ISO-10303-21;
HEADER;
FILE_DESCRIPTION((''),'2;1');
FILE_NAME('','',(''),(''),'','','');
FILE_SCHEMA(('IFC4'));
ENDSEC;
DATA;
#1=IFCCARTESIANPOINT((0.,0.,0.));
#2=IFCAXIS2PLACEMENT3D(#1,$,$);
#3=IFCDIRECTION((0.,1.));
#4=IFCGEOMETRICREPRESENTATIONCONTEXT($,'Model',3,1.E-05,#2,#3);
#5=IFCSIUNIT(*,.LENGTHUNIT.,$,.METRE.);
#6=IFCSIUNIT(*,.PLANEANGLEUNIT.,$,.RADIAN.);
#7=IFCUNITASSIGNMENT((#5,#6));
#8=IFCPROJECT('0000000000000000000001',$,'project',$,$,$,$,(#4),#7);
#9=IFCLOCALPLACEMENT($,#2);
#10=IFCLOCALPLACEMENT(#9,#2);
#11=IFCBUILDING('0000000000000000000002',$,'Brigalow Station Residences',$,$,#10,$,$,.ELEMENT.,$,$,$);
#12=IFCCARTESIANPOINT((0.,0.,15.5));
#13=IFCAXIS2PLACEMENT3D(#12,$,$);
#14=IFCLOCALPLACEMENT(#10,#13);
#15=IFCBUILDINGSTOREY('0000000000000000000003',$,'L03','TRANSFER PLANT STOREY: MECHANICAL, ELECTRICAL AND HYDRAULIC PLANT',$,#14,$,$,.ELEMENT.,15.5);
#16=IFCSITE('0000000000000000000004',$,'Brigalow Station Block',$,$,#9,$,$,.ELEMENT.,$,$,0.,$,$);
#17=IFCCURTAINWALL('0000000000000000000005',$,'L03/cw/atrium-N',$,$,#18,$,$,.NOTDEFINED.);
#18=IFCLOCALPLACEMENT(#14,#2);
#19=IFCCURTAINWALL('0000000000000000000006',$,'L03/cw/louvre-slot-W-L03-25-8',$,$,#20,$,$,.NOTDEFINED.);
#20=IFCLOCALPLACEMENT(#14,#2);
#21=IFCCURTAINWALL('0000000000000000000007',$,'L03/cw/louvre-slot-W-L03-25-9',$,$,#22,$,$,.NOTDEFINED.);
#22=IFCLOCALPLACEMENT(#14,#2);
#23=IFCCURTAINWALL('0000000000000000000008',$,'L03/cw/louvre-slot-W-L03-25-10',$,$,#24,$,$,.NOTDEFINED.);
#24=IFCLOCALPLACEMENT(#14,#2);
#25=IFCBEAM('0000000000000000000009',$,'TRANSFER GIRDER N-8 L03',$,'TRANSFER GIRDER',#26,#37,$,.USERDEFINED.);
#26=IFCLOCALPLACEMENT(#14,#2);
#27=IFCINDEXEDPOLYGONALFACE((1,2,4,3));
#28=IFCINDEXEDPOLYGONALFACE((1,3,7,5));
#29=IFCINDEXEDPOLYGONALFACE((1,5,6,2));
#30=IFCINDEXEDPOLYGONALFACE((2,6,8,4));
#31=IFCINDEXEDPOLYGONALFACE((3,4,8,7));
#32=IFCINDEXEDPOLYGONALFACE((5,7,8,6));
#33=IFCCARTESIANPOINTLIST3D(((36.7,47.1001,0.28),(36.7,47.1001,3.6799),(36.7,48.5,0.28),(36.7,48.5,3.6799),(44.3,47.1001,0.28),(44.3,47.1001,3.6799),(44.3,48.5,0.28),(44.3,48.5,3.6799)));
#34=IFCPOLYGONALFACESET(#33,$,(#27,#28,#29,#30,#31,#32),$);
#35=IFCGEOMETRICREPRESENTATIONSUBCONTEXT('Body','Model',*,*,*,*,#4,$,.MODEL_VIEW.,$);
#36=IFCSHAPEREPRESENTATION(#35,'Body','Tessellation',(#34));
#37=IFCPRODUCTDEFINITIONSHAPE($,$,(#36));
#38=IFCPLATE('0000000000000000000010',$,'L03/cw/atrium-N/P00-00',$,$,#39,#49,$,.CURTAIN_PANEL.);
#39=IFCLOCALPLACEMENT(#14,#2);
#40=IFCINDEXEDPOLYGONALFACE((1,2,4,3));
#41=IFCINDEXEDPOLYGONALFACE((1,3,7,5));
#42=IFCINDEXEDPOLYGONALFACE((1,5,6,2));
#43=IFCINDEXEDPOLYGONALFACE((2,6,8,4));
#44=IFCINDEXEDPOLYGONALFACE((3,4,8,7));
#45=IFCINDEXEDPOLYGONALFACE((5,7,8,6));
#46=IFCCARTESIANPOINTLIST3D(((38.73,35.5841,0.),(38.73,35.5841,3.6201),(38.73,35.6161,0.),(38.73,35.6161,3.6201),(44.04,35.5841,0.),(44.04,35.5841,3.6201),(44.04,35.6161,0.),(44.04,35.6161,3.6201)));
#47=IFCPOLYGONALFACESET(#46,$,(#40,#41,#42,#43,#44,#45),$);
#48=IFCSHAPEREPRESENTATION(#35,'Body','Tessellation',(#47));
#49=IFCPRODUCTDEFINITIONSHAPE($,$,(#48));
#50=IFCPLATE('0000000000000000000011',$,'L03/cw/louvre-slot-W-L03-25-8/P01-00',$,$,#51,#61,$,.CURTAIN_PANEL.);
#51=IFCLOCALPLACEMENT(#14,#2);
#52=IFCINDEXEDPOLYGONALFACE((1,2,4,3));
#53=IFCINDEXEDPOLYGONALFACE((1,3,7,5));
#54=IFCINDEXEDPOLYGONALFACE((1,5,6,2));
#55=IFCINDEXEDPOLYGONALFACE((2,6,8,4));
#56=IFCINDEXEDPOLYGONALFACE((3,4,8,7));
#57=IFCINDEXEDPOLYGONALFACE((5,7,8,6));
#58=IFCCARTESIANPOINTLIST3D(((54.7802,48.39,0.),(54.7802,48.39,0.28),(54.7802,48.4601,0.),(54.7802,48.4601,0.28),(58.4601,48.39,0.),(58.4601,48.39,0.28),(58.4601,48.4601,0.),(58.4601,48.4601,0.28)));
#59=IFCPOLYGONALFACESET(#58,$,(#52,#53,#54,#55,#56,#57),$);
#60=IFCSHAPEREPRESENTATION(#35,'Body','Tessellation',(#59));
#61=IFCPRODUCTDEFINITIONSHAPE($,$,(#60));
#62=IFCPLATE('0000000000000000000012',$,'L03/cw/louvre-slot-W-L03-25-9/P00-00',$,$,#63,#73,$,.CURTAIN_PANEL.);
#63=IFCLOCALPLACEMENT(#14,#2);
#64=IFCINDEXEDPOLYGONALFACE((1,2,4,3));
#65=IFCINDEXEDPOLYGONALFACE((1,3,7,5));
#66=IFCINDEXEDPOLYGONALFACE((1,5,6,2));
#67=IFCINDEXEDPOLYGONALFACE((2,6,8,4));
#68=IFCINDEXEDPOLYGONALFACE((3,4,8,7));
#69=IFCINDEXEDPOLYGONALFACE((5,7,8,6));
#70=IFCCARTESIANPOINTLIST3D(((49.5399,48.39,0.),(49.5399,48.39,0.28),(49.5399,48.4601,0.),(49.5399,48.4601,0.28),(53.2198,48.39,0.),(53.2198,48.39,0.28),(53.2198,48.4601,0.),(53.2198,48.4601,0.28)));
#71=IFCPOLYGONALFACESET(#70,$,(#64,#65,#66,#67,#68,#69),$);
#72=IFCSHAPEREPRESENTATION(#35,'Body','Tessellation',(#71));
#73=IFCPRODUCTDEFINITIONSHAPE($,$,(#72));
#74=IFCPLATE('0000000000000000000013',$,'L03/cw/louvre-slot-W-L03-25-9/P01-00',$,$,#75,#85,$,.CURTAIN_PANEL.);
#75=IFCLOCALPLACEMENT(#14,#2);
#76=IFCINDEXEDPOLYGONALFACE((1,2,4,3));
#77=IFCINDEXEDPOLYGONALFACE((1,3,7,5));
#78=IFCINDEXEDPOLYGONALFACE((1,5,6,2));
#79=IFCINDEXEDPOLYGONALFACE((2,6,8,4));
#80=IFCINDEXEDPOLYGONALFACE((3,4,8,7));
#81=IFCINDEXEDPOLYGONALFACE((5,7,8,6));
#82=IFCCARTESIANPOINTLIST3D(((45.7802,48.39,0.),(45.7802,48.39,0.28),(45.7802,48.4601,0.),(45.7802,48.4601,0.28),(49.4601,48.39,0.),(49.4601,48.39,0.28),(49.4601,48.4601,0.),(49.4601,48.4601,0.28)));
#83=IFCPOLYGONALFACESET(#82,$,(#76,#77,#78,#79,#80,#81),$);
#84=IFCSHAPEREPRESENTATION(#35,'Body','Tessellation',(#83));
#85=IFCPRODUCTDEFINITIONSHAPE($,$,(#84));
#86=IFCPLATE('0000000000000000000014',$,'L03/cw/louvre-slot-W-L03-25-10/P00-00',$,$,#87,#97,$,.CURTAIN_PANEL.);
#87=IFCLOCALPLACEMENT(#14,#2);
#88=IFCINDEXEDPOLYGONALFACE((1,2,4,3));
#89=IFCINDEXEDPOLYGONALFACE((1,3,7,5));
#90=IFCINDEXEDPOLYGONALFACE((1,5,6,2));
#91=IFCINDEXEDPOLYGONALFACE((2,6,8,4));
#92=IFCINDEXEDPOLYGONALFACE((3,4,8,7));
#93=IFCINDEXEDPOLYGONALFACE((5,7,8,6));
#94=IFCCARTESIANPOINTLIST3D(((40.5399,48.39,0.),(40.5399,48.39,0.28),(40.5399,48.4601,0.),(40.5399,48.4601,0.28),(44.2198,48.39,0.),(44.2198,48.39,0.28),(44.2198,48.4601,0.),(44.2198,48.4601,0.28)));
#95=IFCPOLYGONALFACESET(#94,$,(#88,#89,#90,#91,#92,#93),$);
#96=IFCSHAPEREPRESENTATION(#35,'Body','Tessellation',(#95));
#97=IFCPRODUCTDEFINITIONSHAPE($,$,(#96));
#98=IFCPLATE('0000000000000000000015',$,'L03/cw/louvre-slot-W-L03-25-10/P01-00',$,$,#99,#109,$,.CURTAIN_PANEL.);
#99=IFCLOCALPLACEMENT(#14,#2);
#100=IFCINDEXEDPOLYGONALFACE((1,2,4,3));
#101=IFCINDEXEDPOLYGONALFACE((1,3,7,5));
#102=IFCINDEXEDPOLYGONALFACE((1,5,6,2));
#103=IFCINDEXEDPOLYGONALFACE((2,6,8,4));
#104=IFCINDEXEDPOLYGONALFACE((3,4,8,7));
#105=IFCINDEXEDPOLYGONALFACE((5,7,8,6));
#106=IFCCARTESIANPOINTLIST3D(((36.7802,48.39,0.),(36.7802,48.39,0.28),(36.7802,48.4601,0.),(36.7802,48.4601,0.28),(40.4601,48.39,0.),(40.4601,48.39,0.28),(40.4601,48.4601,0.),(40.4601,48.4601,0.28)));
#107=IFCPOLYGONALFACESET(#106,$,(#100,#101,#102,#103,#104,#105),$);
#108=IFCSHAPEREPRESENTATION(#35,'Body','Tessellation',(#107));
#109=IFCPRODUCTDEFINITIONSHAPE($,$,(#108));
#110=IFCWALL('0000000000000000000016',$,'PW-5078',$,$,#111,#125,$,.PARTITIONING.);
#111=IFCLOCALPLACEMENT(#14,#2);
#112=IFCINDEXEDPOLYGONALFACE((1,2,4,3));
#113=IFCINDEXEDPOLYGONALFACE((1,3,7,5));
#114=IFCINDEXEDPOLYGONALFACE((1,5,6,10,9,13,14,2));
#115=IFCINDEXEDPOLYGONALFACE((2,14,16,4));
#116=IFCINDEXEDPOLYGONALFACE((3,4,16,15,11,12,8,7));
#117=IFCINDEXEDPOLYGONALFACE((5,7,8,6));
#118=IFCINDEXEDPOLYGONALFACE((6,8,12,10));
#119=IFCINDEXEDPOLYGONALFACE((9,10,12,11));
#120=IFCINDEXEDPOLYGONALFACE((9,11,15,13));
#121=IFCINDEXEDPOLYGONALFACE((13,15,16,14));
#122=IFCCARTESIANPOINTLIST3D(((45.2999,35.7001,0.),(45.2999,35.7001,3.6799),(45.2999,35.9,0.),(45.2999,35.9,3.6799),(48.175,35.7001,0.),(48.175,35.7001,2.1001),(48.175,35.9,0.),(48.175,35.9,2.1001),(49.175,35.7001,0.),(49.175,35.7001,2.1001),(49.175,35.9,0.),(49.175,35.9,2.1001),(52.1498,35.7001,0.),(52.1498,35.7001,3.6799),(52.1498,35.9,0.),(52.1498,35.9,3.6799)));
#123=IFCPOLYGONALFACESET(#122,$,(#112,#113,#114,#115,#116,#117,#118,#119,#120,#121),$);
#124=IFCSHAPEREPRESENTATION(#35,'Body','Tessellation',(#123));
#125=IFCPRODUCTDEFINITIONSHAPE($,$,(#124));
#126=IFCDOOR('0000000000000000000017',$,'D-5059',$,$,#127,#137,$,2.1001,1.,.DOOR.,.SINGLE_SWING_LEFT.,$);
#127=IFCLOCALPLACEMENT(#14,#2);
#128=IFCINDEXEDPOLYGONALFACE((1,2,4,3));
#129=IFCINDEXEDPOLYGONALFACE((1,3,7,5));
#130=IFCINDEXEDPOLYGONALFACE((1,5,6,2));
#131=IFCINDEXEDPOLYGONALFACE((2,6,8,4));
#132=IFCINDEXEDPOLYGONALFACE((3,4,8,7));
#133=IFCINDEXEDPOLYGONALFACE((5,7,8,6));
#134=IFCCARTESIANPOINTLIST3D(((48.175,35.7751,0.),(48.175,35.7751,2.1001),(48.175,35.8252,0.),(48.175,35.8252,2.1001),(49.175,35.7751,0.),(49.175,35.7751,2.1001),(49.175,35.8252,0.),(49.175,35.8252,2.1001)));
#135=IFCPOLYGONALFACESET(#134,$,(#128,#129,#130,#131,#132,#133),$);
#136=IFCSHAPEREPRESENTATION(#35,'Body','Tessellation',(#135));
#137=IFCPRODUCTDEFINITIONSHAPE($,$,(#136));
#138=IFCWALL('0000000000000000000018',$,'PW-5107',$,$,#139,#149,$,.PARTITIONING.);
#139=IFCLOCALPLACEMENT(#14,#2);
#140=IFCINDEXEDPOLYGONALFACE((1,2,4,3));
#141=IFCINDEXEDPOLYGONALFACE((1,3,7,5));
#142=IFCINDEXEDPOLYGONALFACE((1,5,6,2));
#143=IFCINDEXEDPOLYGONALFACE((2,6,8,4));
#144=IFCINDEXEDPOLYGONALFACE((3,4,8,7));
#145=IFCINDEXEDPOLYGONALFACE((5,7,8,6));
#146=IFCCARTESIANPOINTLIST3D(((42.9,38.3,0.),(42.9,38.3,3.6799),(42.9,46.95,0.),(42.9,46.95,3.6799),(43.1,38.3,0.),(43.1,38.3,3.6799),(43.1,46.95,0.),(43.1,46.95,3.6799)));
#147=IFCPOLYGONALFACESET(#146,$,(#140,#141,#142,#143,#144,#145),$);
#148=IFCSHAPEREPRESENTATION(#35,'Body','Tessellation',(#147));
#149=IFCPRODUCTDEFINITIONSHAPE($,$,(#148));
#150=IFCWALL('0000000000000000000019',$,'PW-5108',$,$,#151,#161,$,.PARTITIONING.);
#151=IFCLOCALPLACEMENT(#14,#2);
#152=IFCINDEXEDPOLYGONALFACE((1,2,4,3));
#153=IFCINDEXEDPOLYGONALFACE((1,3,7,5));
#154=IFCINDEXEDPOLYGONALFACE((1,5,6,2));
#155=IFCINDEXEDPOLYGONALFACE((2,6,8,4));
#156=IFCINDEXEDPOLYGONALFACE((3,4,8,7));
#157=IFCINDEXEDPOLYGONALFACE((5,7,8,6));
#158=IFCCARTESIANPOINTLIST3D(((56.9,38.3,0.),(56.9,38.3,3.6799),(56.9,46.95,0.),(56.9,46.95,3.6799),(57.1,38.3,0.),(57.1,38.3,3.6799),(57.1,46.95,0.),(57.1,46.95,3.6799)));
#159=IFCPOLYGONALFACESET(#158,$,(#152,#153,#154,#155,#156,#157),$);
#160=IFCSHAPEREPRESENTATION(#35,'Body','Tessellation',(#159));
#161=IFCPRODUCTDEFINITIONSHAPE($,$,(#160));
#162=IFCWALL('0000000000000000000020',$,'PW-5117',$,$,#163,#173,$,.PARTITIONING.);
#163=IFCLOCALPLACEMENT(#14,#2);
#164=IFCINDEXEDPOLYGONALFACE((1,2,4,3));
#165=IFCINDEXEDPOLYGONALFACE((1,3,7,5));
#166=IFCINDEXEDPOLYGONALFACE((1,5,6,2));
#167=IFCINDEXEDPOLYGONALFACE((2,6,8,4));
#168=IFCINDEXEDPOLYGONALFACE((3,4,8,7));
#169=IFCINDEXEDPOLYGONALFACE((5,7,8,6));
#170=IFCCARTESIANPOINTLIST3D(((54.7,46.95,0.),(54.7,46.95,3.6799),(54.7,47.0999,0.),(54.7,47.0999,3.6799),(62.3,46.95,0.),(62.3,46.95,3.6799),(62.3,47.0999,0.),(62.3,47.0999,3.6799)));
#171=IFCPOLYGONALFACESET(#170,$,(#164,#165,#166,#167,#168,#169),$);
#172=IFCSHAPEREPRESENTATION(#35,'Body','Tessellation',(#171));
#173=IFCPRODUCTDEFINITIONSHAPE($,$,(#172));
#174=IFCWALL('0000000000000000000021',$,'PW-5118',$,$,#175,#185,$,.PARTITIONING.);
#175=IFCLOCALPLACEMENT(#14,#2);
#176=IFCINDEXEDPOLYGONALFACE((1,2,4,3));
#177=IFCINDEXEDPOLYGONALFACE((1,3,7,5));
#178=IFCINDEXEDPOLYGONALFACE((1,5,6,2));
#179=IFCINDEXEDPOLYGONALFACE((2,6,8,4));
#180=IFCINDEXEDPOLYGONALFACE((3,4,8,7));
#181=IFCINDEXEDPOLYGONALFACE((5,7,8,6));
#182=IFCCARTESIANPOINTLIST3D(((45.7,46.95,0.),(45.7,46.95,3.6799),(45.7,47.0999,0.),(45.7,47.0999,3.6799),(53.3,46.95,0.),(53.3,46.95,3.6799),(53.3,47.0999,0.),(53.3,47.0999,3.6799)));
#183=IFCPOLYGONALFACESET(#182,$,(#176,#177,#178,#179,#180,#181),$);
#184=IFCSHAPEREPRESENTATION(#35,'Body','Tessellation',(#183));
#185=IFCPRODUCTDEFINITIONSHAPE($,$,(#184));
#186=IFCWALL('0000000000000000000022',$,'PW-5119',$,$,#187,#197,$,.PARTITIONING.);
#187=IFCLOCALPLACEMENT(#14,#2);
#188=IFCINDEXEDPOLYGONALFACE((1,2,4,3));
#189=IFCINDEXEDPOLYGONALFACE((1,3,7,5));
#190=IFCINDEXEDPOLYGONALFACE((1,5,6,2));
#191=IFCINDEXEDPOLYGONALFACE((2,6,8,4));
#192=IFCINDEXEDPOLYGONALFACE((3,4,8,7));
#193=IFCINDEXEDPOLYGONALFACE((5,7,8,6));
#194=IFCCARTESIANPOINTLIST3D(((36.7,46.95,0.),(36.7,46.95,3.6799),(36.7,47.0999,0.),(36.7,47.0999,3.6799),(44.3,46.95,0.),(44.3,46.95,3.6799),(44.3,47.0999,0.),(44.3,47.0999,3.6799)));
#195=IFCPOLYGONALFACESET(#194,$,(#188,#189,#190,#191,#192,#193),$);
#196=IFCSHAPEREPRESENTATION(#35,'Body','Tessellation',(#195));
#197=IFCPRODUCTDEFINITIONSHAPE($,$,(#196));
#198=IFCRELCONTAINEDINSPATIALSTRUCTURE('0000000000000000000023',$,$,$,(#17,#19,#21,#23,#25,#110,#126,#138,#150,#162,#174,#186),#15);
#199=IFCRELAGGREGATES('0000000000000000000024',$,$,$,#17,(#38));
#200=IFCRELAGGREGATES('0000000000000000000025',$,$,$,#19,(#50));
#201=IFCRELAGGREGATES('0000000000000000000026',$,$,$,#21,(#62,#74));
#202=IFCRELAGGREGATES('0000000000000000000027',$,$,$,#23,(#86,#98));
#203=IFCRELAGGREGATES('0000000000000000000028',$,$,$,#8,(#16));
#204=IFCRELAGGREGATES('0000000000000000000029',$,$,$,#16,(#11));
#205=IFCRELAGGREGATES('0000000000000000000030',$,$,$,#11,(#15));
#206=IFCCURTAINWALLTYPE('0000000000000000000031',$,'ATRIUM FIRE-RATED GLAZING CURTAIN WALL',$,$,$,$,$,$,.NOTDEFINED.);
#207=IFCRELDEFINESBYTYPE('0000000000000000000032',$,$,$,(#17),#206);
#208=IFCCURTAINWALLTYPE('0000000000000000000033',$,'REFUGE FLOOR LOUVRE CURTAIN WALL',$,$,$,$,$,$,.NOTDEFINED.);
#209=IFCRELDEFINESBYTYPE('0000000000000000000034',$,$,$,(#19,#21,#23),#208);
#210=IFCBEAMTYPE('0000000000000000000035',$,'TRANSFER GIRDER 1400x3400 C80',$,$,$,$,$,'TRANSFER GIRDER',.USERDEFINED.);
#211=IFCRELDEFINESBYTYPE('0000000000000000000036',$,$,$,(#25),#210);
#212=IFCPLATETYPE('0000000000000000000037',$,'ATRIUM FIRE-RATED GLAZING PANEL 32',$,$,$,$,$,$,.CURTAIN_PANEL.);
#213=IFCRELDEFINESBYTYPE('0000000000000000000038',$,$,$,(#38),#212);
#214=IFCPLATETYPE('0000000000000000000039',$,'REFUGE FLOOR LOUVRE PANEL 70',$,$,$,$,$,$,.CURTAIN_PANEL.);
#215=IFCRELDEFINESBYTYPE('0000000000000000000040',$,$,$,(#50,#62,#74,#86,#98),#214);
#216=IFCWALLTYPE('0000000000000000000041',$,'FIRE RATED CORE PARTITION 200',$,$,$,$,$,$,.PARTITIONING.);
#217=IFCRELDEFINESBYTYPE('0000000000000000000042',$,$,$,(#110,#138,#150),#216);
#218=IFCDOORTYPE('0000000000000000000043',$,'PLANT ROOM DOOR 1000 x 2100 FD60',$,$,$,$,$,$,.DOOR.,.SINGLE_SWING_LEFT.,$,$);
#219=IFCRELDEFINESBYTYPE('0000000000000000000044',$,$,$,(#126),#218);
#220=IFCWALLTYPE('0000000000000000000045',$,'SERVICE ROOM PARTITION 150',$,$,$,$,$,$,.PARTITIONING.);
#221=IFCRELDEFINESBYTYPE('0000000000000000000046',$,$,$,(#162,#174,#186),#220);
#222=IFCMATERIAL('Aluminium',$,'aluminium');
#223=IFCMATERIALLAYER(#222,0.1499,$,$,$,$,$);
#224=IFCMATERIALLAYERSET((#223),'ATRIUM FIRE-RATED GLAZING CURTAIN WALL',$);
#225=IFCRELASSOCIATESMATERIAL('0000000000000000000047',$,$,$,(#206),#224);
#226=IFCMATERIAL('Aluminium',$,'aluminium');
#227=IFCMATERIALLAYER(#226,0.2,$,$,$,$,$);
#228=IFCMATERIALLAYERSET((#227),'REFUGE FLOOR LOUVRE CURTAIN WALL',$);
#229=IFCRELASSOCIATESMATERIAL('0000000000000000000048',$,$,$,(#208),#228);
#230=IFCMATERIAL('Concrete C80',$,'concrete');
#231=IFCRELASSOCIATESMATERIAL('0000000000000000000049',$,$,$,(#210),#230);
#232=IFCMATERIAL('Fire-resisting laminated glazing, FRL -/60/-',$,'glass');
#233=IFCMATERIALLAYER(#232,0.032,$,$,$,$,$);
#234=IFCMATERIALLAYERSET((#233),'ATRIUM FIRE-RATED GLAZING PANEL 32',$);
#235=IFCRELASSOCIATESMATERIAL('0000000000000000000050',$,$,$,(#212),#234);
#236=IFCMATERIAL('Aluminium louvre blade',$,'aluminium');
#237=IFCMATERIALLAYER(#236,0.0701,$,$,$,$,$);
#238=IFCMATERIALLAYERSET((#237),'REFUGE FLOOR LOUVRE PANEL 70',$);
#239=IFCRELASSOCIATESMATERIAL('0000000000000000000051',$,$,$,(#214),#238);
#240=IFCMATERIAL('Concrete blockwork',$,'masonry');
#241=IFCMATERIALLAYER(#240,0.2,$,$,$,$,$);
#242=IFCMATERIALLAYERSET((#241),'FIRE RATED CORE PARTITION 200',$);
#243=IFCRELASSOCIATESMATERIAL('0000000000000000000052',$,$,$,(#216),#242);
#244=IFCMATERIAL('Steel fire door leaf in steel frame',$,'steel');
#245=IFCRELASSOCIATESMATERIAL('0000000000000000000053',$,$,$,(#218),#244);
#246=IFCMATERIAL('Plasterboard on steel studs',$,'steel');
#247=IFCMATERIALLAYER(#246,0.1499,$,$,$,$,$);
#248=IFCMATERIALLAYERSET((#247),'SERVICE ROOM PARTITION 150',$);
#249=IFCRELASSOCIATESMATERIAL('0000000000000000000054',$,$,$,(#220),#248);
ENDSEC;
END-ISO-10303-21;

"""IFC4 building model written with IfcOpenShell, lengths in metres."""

from ifc_helpers import new_model, si_unit, direction, frame, frame_2d, origin, origin_2d, place, context, subcontext, project, spatial, rectangle, extrude, material, layer, layer_set, material_profile, profile_set, type_object, element, fill, aggregate, save


model = new_model("IFC4")

# Units and contexts
model_context = context("Model", 3, precision=1e-05, world=origin(), true_north=direction((0.0, 1.0)))
body_context = subcontext(model_context, "Body", "Model", "MODEL_VIEW")
ifc_project = project(units=[si_unit("LENGTHUNIT", "METRE"), si_unit("PLANEANGLEUNIT", "RADIAN")], contexts=[model_context])

# Site, building, storey
site_placement = place(None, origin())
site = spatial("IfcSite", under=ifc_project, at=site_placement, Name="Brigalow Station Block", CompositionType="ELEMENT", RefElevation=0.0)
building_placement = place(site_placement, origin())
building = spatial("IfcBuilding", under=site, at=building_placement, Name="Brigalow Station Residences", CompositionType="ELEMENT")
storey_placement = place(building_placement, frame((0.0, 0.0, 15.5)))
storey = spatial("IfcBuildingStorey", under=building, at=storey_placement, Name="L03", Description="TRANSFER PLANT STOREY: MECHANICAL, ELECTRICAL AND HYDRAULIC PLANT", CompositionType="ELEMENT", Elevation=15.5)

# Curtain wall
ifc_material_1 = material(Name="Aluminium", Category="aluminium")
ifc_layer_1 = layer(ifc_material_1, 0.1499)
ifc_layer_set_1 = layer_set([ifc_layer_1], Name="ATRIUM FIRE-RATED GLAZING CURTAIN WALL")
curtain_wall_type_1 = type_object("IfcCurtainWallType", Name="ATRIUM FIRE-RATED GLAZING CURTAIN WALL", PredefinedType="NOTDEFINED", material=ifc_layer_set_1)
curtain_wall_1_placement = place(storey_placement, origin())
curtain_wall_1 = element("IfcCurtainWall", 1, at=curtain_wall_1_placement, inside=storey, type_object=curtain_wall_type_1, Name="L03/cw/atrium-N", PredefinedType="NOTDEFINED")

# Curtain wall
ifc_material_2 = material(Name="Aluminium", Category="aluminium")
ifc_layer_2 = layer(ifc_material_2, 0.2)
ifc_layer_set_2 = layer_set([ifc_layer_2], Name="REFUGE FLOOR LOUVRE CURTAIN WALL")
curtain_wall_type_2 = type_object("IfcCurtainWallType", Name="REFUGE FLOOR LOUVRE CURTAIN WALL", PredefinedType="NOTDEFINED", material=ifc_layer_set_2)
curtain_wall_2_placement = place(storey_placement, origin())
curtain_wall_2 = element("IfcCurtainWall", 2, at=curtain_wall_2_placement, inside=storey, type_object=curtain_wall_type_2, Name="L03/cw/louvre-slot-W-L03-25-8", PredefinedType="NOTDEFINED")

# Curtain walls
curtain_wall_3_placement = place(storey_placement, origin())
curtain_wall_3 = element("IfcCurtainWall", 3, at=curtain_wall_3_placement, inside=storey, type_object=curtain_wall_type_2, Name="L03/cw/louvre-slot-W-L03-25-9", PredefinedType="NOTDEFINED")
curtain_wall_4_placement = place(storey_placement, origin())
curtain_wall_4 = element("IfcCurtainWall", 4, at=curtain_wall_4_placement, inside=storey, type_object=curtain_wall_type_2, Name="L03/cw/louvre-slot-W-L03-25-10", PredefinedType="NOTDEFINED")

# Beam
ifc_material_3 = material(Name="Concrete C80", Category="concrete")
ifc_material_profile_1 = material_profile(ifc_material_3, rectangle(XDim=1.3999, YDim=3.3999, at=origin_2d()), Name="RC1400x3400")
ifc_profile_set_1 = profile_set([ifc_material_profile_1], Name="Concrete C80")
beam_type = type_object("IfcBeamType", Name="TRANSFER GIRDER 1400x3400 C80", ElementType="TRANSFER GIRDER", PredefinedType="USERDEFINED", material=ifc_profile_set_1)
for number, where, z_axis, x_axis, name in (
    (5, (44.3, 47.8, 1.98), (-1.0, 0.0, 0.0), (0.0, -1.0, 0.0), "TRANSFER GIRDER N-8 L03"),
):
    element("IfcBeam", number, at=place(storey_placement, frame(where, z_axis=z_axis, x_axis=x_axis)), inside=storey, type_object=beam_type, Name=name, ObjectType="TRANSFER GIRDER", PredefinedType="USERDEFINED", context=body_context, shape_type="SweptSolid", body=[
        extrude(rectangle(XDim=1.3999, YDim=3.3999, at=origin_2d()), origin(), (0.0, 0.0, 1.0), 7.6001),
    ])

# Plates
ifc_material_4 = material(Name="Fire-resisting laminated glazing, FRL -/60/-", Category="glass")
ifc_layer_3 = layer(ifc_material_4, 0.032)
ifc_layer_set_3 = layer_set([ifc_layer_3], Name="ATRIUM FIRE-RATED GLAZING PANEL 32")
plate_type_1 = type_object("IfcPlateType", Name="ATRIUM FIRE-RATED GLAZING PANEL 32", PredefinedType="CURTAIN_PANEL", material=ifc_layer_set_3)
plate_1_placement = place(storey_placement, frame((41.385, 35.6001, 0.0), z_axis=(0.0, 0.0, 1.0), x_axis=(-1.0, 0.0, 0.0)))
plate_1 = element("IfcPlate", 6, at=plate_1_placement, type_object=plate_type_1, Name="L03/cw/atrium-N/P00-00", PredefinedType="CURTAIN_PANEL", context=body_context, shape_type="SweptSolid", body=[
    extrude(rectangle(XDim=5.3101, YDim=0.032, at=origin_2d()), origin(), (0.0, 0.0, 1.0), 3.6201),
])
aggregate(curtain_wall_1, [plate_1])
ifc_material_5 = material(Name="Aluminium louvre blade", Category="aluminium")
ifc_layer_4 = layer(ifc_material_5, 0.0701)
ifc_layer_set_4 = layer_set([ifc_layer_4], Name="REFUGE FLOOR LOUVRE PANEL 70")
plate_type_2 = type_object("IfcPlateType", Name="REFUGE FLOOR LOUVRE PANEL 70", PredefinedType="CURTAIN_PANEL", material=ifc_layer_set_4)
plate_2_placement = place(storey_placement, frame((56.6201, 48.425, 0.0), z_axis=(0.0, 0.0, 1.0), x_axis=(-1.0, 0.0, 0.0)))
plate_2 = element("IfcPlate", 7, at=plate_2_placement, type_object=plate_type_2, Name="L03/cw/louvre-slot-W-L03-25-8/P01-00", PredefinedType="CURTAIN_PANEL", context=body_context, shape_type="SweptSolid", body=[
    extrude(rectangle(XDim=3.6799, YDim=0.0701, at=origin_2d()), origin(), (0.0, 0.0, 1.0), 0.28),
])
aggregate(curtain_wall_2, [plate_2])
plate_3_placement = place(storey_placement, frame((51.3799, 48.425, 0.0), z_axis=(0.0, 0.0, 1.0), x_axis=(-1.0, 0.0, 0.0)))
plate_3 = element("IfcPlate", 8, at=plate_3_placement, type_object=plate_type_2, Name="L03/cw/louvre-slot-W-L03-25-9/P00-00", PredefinedType="CURTAIN_PANEL", context=body_context, shape_type="SweptSolid", body=[
    extrude(rectangle(XDim=3.6799, YDim=0.0701, at=origin_2d()), origin(), (0.0, 0.0, 1.0), 0.28),
])
plate_4_placement = place(storey_placement, frame((47.6201, 48.425, 0.0), z_axis=(0.0, 0.0, 1.0), x_axis=(-1.0, 0.0, 0.0)))
plate_4 = element("IfcPlate", 9, at=plate_4_placement, type_object=plate_type_2, Name="L03/cw/louvre-slot-W-L03-25-9/P01-00", PredefinedType="CURTAIN_PANEL", context=body_context, shape_type="SweptSolid", body=[
    extrude(rectangle(XDim=3.6799, YDim=0.0701, at=origin_2d()), origin(), (0.0, 0.0, 1.0), 0.28),
])
aggregate(curtain_wall_3, [plate_3, plate_4])
plate_5_placement = place(storey_placement, frame((42.3799, 48.425, 0.0), z_axis=(0.0, 0.0, 1.0), x_axis=(-1.0, 0.0, 0.0)))
plate_5 = element("IfcPlate", 10, at=plate_5_placement, type_object=plate_type_2, Name="L03/cw/louvre-slot-W-L03-25-10/P00-00", PredefinedType="CURTAIN_PANEL", context=body_context, shape_type="SweptSolid", body=[
    extrude(rectangle(XDim=3.6799, YDim=0.0701, at=origin_2d()), origin(), (0.0, 0.0, 1.0), 0.28),
])
plate_6_placement = place(storey_placement, frame((38.6201, 48.425, 0.0), z_axis=(0.0, 0.0, 1.0), x_axis=(-1.0, 0.0, 0.0)))
plate_6 = element("IfcPlate", 11, at=plate_6_placement, type_object=plate_type_2, Name="L03/cw/louvre-slot-W-L03-25-10/P01-00", PredefinedType="CURTAIN_PANEL", context=body_context, shape_type="SweptSolid", body=[
    extrude(rectangle(XDim=3.6799, YDim=0.0701, at=origin_2d()), origin(), (0.0, 0.0, 1.0), 0.28),
])
aggregate(curtain_wall_4, [plate_5, plate_6])

# Wall, opening, door
ifc_material_6 = material(Name="Concrete blockwork", Category="masonry")
ifc_layer_5 = layer(ifc_material_6, 0.2)
ifc_layer_set_5 = layer_set([ifc_layer_5], Name="FIRE RATED CORE PARTITION 200")
wall_type_1 = type_object("IfcWallType", Name="FIRE RATED CORE PARTITION 200", PredefinedType="PARTITIONING", material=ifc_layer_set_5)
wall_placement = place(storey_placement, frame((45.3, 35.8, 0.0), z_axis=(0.0, 0.0, 1.0), x_axis=(1.0, 0.0, 0.0)))
wall = element("IfcWall", 12, at=wall_placement, inside=storey, type_object=wall_type_1, Name="PW-5078", PredefinedType="PARTITIONING", context=body_context, shape_type="SweptSolid", body=[
    extrude(rectangle(XDim=6.8499, YDim=0.2, at=frame_2d((3.4248, 0.0))), origin(), (0.0, 0.0, 1.0), 3.6799),
])
opening_placement = place(wall_placement, frame((2.875, 0.0, 0.0)))
opening = element("IfcOpeningElement", 13, at=opening_placement, cuts=wall, PredefinedType="OPENING", context=body_context, shape_type="SweptSolid", body=[
    extrude(rectangle(XDim=1.0, YDim=2.1001, at=frame_2d((0.5, 1.05))), frame((0.0, 0.1099, 0.0), z_axis=(0.0, -1.0, 0.0), x_axis=(1.0, 0.0, 0.0)), (0.0, 0.0, 1.0), 0.22),
])
ifc_material_7 = material(Name="Steel fire door leaf in steel frame", Category="steel")
door_type = type_object("IfcDoorType", Name="PLANT ROOM DOOR 1000 x 2100 FD60", OperationType="SINGLE_SWING_LEFT", PredefinedType="DOOR", material=ifc_material_7)
door_placement = place(opening_placement, frame((1.0, 0.0, 0.0), z_axis=(0.0, 0.0, 1.0), x_axis=(-1.0, 0.0, 0.0)))
door = element("IfcDoor", 14, at=door_placement, inside=storey, type_object=door_type, Name="D-5059", OperationType="SINGLE_SWING_LEFT", OverallHeight=2.1001, OverallWidth=1.0, PredefinedType="DOOR", context=body_context, shape_type="SweptSolid", body=[
    extrude(rectangle(XDim=1.0, YDim=2.1001, at=frame_2d((0.5, 1.05))), frame((0.0, 0.0249, 0.0), z_axis=(0.0, -1.0, 0.0), x_axis=(1.0, 0.0, 0.0)), (0.0, 0.0, 1.0), 0.05),
])
fill(opening, door)

# Walls
for number, where, z_axis, x_axis, name in (
    (15, (43.0, 38.3, 0.0), (0.0, 0.0, 1.0), (0.0, 1.0, 0.0), "PW-5107"),
    (16, (57.0, 38.3, 0.0), (0.0, 0.0, 1.0), (0.0, 1.0, 0.0), "PW-5108"),
):
    element("IfcWall", number, at=place(storey_placement, frame(where, z_axis=z_axis, x_axis=x_axis)), inside=storey, type_object=wall_type_1, Name=name, PredefinedType="PARTITIONING", context=body_context, shape_type="SweptSolid", body=[
        extrude(rectangle(XDim=8.6499, YDim=0.2, at=frame_2d((4.325, 0.0))), origin(), (0.0, 0.0, 1.0), 3.6799),
    ])
ifc_material_8 = material(Name="Plasterboard on steel studs", Category="steel")
ifc_layer_6 = layer(ifc_material_8, 0.1499)
ifc_layer_set_6 = layer_set([ifc_layer_6], Name="SERVICE ROOM PARTITION 150")
wall_type_2 = type_object("IfcWallType", Name="SERVICE ROOM PARTITION 150", PredefinedType="PARTITIONING", material=ifc_layer_set_6)
for number, where, z_axis, x_axis, name in (
    (17, (54.7, 47.0249, 0.0), (0.0, 0.0, 1.0), (1.0, 0.0, 0.0), "PW-5117"),
    (18, (45.7, 47.0249, 0.0), (0.0, 0.0, 1.0), (1.0, 0.0, 0.0), "PW-5118"),
    (19, (36.7, 47.0249, 0.0), (0.0, 0.0, 1.0), (1.0, 0.0, 0.0), "PW-5119"),
):
    element("IfcWall", number, at=place(storey_placement, frame(where, z_axis=z_axis, x_axis=x_axis)), inside=storey, type_object=wall_type_2, Name=name, PredefinedType="PARTITIONING", context=body_context, shape_type="SweptSolid", body=[
        extrude(rectangle(XDim=7.6001, YDim=0.1499, at=frame_2d((3.8, 0.0))), origin(), (0.0, 0.0, 1.0), 3.6799),
    ])

save(model, "model.ifc")
